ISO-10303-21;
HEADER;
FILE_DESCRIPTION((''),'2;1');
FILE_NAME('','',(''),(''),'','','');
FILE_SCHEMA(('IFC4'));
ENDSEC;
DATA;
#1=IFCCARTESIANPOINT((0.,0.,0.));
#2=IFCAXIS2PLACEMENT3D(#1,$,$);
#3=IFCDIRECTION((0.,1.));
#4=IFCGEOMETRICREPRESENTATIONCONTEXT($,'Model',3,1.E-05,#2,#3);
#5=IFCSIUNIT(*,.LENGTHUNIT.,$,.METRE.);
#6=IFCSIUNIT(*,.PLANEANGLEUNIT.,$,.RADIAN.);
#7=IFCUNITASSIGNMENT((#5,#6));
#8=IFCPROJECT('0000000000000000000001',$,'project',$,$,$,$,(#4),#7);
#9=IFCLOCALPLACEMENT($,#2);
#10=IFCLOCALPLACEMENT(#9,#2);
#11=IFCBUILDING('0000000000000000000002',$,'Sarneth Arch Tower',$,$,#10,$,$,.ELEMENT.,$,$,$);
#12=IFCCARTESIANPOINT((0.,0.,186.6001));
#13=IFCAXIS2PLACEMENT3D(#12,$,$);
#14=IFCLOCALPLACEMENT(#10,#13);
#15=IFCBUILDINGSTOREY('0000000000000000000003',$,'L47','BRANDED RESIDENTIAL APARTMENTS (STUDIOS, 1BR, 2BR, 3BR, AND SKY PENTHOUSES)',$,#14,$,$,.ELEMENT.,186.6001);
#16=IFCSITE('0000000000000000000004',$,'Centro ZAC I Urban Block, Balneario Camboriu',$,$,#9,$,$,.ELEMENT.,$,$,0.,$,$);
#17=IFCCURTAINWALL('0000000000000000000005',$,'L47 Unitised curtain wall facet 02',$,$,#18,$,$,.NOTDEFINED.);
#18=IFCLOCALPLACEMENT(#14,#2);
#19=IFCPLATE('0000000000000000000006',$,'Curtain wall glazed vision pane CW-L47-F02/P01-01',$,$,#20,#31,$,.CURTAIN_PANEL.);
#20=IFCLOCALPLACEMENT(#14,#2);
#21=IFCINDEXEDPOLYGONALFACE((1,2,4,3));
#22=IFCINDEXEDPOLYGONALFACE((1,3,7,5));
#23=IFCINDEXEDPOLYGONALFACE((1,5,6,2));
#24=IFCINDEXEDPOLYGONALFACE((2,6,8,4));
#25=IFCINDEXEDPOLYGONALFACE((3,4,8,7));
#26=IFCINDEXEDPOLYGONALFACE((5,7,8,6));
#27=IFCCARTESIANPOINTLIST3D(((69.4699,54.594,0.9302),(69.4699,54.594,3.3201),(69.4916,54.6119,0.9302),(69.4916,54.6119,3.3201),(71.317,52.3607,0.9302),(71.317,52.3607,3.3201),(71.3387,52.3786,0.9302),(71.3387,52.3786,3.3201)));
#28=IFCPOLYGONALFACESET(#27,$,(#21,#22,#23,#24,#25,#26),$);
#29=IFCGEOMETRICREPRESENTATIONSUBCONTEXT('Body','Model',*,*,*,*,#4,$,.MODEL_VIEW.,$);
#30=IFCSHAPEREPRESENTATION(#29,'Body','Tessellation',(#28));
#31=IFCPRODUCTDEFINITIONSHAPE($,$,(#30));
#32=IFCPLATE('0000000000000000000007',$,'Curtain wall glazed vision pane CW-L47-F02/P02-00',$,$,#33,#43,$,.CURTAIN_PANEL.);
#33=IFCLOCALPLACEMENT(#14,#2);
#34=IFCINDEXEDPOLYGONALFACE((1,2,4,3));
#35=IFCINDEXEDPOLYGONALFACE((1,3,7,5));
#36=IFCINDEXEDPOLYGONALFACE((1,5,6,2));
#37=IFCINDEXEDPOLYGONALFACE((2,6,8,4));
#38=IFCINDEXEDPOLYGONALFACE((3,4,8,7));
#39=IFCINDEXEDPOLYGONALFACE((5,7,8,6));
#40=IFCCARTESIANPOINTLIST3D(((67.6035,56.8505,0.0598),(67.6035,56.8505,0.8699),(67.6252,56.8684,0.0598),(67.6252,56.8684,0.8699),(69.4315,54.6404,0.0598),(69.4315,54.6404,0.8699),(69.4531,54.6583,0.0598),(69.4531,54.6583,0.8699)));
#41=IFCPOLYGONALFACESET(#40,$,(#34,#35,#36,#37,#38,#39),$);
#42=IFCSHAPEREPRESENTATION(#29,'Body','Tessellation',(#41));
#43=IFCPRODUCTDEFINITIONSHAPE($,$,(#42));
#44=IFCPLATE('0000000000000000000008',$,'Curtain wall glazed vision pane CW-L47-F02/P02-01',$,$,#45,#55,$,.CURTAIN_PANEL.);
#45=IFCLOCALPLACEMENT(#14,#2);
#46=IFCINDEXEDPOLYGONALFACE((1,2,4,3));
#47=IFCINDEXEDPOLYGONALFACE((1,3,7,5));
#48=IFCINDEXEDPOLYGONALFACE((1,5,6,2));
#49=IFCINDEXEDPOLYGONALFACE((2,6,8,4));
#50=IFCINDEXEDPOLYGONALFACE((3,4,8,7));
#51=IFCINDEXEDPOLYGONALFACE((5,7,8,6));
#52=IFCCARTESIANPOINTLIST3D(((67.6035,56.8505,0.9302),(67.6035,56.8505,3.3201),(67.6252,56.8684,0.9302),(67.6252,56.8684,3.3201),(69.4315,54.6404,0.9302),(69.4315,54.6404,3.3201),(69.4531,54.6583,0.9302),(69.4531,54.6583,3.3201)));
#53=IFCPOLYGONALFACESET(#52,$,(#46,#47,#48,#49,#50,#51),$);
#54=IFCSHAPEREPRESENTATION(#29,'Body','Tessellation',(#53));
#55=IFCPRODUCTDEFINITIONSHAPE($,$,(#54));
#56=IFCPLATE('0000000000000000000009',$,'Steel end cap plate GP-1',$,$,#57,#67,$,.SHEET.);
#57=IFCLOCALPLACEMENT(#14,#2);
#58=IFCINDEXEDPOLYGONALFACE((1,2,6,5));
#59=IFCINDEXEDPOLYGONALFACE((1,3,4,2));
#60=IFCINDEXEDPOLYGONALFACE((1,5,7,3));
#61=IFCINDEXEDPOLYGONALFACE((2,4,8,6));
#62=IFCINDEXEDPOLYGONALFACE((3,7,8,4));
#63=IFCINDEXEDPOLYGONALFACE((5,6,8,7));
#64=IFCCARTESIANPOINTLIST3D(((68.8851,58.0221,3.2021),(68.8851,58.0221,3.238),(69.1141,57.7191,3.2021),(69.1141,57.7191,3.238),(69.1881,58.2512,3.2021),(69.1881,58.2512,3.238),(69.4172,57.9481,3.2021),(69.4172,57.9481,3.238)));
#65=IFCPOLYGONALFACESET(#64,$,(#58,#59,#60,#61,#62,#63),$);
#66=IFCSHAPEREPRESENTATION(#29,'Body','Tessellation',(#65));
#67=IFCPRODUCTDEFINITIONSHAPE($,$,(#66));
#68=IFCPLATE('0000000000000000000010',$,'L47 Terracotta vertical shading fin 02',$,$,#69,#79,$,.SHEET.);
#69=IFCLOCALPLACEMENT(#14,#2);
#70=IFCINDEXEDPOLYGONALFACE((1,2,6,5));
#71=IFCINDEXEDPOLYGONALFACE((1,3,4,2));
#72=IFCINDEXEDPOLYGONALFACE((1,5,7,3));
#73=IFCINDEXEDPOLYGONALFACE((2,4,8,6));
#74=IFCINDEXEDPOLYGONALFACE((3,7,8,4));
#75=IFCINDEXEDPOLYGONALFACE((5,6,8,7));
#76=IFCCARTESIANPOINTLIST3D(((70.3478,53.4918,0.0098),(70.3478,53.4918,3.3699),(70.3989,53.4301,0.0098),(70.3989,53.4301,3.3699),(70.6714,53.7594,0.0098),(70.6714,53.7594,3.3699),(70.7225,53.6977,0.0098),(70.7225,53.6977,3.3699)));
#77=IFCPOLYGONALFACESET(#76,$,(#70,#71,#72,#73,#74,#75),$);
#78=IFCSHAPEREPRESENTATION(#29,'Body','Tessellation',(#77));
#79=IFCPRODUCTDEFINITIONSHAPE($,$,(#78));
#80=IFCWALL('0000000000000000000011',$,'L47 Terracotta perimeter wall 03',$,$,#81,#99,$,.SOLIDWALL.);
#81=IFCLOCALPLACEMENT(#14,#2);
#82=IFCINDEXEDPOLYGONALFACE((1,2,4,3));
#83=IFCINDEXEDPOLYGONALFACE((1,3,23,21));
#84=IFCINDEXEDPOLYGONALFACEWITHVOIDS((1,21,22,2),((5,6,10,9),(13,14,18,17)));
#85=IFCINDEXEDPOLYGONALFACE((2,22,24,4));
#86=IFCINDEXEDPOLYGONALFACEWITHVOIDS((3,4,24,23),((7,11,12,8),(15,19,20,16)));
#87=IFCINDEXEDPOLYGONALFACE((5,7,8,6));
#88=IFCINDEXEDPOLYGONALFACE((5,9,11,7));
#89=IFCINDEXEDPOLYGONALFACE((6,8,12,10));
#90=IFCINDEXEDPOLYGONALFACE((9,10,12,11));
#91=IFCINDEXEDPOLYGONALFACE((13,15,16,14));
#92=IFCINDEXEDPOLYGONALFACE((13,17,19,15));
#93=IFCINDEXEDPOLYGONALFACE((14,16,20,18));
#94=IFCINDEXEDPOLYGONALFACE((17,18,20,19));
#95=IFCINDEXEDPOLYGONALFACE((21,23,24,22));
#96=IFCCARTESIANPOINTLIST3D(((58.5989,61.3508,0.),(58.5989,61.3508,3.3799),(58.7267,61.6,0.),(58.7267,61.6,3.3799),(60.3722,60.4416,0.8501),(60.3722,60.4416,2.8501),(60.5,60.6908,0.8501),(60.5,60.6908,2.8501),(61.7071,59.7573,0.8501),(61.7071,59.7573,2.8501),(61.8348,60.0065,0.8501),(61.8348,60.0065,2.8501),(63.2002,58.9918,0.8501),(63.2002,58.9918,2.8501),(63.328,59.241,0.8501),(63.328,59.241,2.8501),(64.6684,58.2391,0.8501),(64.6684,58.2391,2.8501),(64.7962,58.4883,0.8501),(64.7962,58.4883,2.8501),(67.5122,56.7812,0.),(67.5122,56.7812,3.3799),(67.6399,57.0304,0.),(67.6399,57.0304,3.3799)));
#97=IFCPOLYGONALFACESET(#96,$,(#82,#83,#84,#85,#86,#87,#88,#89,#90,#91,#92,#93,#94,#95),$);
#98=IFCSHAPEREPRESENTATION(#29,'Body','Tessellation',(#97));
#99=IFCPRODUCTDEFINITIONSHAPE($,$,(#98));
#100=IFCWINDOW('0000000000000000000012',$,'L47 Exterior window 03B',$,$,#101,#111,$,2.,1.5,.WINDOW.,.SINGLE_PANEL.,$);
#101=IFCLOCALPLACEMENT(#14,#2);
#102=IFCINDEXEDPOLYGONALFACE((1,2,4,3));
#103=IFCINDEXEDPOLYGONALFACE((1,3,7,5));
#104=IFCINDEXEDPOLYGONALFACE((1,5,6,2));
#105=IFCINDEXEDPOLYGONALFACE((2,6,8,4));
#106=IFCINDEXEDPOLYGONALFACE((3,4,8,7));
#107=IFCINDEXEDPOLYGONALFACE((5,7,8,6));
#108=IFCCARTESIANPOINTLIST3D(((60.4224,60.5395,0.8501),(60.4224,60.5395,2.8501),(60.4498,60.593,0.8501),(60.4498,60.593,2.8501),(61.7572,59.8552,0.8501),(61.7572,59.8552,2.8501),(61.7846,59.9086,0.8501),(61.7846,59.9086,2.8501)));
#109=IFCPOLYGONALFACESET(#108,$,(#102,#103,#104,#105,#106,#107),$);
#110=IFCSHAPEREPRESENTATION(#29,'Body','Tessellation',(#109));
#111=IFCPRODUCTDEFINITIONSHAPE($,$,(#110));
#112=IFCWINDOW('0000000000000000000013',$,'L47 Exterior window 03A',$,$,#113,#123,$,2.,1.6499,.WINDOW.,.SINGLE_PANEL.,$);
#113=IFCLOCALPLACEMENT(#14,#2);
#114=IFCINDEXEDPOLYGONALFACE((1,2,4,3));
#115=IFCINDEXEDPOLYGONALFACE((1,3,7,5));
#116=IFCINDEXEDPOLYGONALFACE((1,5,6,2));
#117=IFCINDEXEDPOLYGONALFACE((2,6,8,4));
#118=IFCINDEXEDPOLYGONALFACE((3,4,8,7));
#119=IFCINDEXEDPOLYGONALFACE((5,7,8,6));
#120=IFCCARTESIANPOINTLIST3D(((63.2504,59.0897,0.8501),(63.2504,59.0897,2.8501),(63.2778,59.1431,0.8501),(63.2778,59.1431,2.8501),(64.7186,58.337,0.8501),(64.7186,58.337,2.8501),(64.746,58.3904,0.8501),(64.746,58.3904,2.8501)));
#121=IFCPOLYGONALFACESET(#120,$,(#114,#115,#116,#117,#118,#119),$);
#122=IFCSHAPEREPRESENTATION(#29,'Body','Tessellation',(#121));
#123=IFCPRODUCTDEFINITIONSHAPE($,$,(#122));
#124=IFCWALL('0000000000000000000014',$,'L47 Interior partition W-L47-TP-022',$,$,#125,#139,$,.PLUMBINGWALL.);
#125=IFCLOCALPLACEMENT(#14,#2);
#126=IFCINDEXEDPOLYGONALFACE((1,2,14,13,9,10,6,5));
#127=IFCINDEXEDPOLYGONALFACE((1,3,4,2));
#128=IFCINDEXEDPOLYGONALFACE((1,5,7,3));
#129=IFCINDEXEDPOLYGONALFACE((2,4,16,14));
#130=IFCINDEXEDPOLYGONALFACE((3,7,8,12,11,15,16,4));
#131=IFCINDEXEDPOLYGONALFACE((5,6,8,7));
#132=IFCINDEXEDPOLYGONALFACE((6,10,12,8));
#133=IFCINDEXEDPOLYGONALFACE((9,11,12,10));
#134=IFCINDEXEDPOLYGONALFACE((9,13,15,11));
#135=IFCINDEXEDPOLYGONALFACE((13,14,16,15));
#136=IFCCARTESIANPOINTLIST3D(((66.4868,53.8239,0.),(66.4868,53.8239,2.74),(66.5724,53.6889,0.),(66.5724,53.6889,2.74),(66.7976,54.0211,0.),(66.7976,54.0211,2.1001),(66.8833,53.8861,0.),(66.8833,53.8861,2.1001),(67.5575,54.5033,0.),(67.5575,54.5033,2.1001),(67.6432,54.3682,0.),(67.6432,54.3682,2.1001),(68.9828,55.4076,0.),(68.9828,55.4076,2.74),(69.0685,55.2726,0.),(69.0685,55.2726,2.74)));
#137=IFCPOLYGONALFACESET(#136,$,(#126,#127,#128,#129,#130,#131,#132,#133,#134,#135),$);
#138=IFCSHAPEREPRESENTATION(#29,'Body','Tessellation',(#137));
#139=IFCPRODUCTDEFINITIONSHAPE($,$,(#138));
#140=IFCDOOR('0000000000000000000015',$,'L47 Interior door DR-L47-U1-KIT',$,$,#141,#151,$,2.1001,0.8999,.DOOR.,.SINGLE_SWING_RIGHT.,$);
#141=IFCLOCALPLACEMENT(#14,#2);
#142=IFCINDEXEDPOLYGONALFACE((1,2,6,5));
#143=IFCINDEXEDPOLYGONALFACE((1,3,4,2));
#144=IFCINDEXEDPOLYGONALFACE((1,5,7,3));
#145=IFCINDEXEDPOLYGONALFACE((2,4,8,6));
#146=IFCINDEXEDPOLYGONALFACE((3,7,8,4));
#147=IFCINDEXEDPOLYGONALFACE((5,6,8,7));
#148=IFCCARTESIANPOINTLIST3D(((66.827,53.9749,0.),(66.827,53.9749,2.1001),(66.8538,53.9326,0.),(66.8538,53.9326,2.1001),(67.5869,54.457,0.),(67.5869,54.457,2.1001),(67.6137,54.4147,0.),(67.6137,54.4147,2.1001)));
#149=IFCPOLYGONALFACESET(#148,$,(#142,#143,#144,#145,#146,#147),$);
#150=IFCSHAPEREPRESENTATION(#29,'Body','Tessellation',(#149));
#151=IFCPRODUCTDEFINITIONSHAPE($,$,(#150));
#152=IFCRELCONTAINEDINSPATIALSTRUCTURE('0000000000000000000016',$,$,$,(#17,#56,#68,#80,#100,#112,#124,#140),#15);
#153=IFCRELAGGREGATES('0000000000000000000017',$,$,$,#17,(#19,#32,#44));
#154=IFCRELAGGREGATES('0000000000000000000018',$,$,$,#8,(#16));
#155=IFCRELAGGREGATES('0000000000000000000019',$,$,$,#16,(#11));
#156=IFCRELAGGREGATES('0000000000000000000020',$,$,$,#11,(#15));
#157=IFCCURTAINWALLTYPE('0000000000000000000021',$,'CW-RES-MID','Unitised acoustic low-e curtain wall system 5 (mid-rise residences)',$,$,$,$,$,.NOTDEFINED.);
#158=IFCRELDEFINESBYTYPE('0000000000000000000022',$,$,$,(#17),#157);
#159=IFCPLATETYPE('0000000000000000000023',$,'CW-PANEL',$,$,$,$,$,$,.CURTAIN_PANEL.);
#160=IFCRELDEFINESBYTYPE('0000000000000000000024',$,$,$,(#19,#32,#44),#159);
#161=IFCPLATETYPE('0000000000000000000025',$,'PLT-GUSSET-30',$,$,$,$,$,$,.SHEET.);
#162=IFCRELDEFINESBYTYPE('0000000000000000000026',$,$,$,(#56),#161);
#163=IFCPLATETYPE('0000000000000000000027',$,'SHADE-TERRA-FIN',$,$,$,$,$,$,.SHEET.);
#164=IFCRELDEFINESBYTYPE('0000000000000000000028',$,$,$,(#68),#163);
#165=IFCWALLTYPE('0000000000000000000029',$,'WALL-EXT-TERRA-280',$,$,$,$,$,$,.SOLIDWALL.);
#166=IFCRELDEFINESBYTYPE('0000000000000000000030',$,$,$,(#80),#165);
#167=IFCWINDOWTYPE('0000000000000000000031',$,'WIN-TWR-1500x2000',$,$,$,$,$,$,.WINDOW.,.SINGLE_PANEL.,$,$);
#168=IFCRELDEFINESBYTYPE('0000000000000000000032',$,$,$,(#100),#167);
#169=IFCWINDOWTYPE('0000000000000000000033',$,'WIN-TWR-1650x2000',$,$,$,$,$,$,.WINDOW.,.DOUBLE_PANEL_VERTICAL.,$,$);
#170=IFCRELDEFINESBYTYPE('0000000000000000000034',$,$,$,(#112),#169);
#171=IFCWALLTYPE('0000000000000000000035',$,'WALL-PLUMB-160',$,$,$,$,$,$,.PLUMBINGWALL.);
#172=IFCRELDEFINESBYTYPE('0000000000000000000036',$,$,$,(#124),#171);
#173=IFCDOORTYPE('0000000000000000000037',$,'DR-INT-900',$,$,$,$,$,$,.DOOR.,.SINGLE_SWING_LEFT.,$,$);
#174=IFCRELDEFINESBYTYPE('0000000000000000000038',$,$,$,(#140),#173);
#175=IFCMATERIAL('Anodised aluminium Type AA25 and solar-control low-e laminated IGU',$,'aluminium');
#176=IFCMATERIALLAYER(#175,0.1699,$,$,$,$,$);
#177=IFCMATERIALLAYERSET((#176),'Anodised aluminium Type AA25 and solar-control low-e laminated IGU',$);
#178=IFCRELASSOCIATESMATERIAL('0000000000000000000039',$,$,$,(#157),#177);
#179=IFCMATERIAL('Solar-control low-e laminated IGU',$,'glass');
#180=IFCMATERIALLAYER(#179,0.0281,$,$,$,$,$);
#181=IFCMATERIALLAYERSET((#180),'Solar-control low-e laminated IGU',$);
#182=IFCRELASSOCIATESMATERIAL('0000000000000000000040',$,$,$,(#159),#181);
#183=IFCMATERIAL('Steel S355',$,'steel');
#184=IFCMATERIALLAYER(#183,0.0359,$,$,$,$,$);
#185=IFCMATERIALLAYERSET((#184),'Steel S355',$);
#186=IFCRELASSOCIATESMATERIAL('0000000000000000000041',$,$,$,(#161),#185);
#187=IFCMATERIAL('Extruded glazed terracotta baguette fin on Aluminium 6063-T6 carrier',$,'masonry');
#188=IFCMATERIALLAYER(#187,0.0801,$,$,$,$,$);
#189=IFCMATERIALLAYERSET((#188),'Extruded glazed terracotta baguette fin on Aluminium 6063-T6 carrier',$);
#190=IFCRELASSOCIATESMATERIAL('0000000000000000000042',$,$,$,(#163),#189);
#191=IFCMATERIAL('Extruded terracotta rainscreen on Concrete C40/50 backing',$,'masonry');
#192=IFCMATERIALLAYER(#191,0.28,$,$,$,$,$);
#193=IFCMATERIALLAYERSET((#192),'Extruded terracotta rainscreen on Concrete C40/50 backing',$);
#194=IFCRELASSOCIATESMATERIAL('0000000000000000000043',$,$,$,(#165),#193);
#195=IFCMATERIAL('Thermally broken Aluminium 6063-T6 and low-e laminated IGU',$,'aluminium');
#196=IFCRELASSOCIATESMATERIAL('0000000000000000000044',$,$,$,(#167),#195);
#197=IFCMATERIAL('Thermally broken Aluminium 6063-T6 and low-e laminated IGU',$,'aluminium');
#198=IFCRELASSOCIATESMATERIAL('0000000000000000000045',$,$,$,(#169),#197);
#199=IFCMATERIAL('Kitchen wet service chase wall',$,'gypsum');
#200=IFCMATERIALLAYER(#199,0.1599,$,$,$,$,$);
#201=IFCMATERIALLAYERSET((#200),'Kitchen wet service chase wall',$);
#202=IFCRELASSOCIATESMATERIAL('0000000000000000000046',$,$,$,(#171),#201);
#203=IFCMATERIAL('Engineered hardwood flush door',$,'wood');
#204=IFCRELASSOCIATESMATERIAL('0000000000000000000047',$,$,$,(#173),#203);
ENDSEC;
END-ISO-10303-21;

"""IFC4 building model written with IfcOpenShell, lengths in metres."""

from ifc_helpers import new_model, si_unit, direction, frame, frame_2d, origin, origin_2d, place, context, subcontext, project, spatial, rectangle, extrude, material, layer, layer_set, type_object, element, fill, aggregate, save


model = new_model("IFC4")

# Units and contexts
model_context = context("Model", 3, precision=1e-05, world=origin(), true_north=direction((0.0, 1.0)))
body_context = subcontext(model_context, "Body", "Model", "MODEL_VIEW")
ifc_project = project(units=[si_unit("LENGTHUNIT", "METRE"), si_unit("PLANEANGLEUNIT", "RADIAN")], contexts=[model_context])

# Site, building, storey
site_placement = place(None, origin())
site = spatial("IfcSite", under=ifc_project, at=site_placement, Name="Centro ZAC I Urban Block, Balneario Camboriu", CompositionType="ELEMENT", RefElevation=0.0)
building_placement = place(site_placement, origin())
building = spatial("IfcBuilding", under=site, at=building_placement, Name="Sarneth Arch Tower", CompositionType="ELEMENT")
storey_placement = place(building_placement, frame((0.0, 0.0, 186.6001)))
storey = spatial("IfcBuildingStorey", under=building, at=storey_placement, Name="L47", Description="BRANDED RESIDENTIAL APARTMENTS (STUDIOS, 1BR, 2BR, 3BR, AND SKY PENTHOUSES)", CompositionType="ELEMENT", Elevation=186.6001)

# Curtain wall
ifc_material_1 = material(Name="Anodised aluminium Type AA25 and solar-control low-e laminated IGU", Category="aluminium")
ifc_layer_1 = layer(ifc_material_1, 0.1699)
ifc_layer_set_1 = layer_set([ifc_layer_1], Name="Anodised aluminium Type AA25 and solar-control low-e laminated IGU")
curtain_wall_type = type_object("IfcCurtainWallType", Name="CW-RES-MID", Description="Unitised acoustic low-e curtain wall system 5 (mid-rise residences)", PredefinedType="NOTDEFINED", material=ifc_layer_set_1)
curtain_wall_placement = place(storey_placement, origin())
curtain_wall = element("IfcCurtainWall", 1, at=curtain_wall_placement, inside=storey, type_object=curtain_wall_type, Name="L47 Unitised curtain wall facet 02", PredefinedType="NOTDEFINED")

# Plates
ifc_material_2 = material(Name="Solar-control low-e laminated IGU", Category="glass")
ifc_layer_2 = layer(ifc_material_2, 0.0281)
ifc_layer_set_2 = layer_set([ifc_layer_2], Name="Solar-control low-e laminated IGU")
plate_type_1 = type_object("IfcPlateType", Name="CW-PANEL", PredefinedType="CURTAIN_PANEL", material=ifc_layer_set_2)
plate_1_placement = place(storey_placement, frame((70.4043, 53.4863, 0.9302), z_axis=(0.0, 0.0, 1.0), x_axis=(-0.63733, 0.770591, 0.0)))
plate_1 = element("IfcPlate", 2, at=plate_1_placement, type_object=plate_type_1, Name="Curtain wall glazed vision pane CW-L47-F02/P01-01", PredefinedType="CURTAIN_PANEL", context=body_context, shape_type="SweptSolid", body=[
    extrude(rectangle(XDim=2.8982, YDim=0.0281, at=origin_2d()), origin(), (0.0, 0.0, 1.0), 2.3899),
])
plate_2_placement = place(storey_placement, frame((68.5283, 55.7544, 0.0598), z_axis=(0.0, 0.0, 1.0), x_axis=(-0.63733, 0.770591, 0.0)))
plate_2 = element("IfcPlate", 3, at=plate_2_placement, type_object=plate_type_1, Name="Curtain wall glazed vision pane CW-L47-F02/P02-00", PredefinedType="CURTAIN_PANEL", context=body_context, shape_type="SweptSolid", body=[
    extrude(rectangle(XDim=2.8682, YDim=0.0281, at=origin_2d()), origin(), (0.0, 0.0, 1.0), 0.8101),
])
plate_3_placement = place(storey_placement, frame((68.5283, 55.7544, 0.9302), z_axis=(0.0, 0.0, 1.0), x_axis=(-0.63733, 0.770591, 0.0)))
plate_3 = element("IfcPlate", 4, at=plate_3_placement, type_object=plate_type_1, Name="Curtain wall glazed vision pane CW-L47-F02/P02-01", PredefinedType="CURTAIN_PANEL", context=body_context, shape_type="SweptSolid", body=[
    extrude(rectangle(XDim=2.8682, YDim=0.0281, at=origin_2d()), origin(), (0.0, 0.0, 1.0), 2.3899),
])
aggregate(curtain_wall, [plate_1, plate_2, plate_3])

# Plates
ifc_material_3 = material(Name="Steel S355", Category="steel")
ifc_layer_3 = layer(ifc_material_3, 0.0359)
ifc_layer_set_3 = layer_set([ifc_layer_3], Name="Steel S355")
plate_type_2 = type_object("IfcPlateType", Name="PLT-GUSSET-30", PredefinedType="SHEET", material=ifc_layer_set_3)
plate_4_placement = place(storey_placement, frame((69.1511, 57.9851, 3.2021), z_axis=(0.0, 0.0, 1.0), x_axis=(0.797794, 0.60293, 0.0)))
element("IfcPlate", 5, at=plate_4_placement, inside=storey, type_object=plate_type_2, Name="Steel end cap plate GP-1", PredefinedType="SHEET", context=body_context, shape_type="SweptSolid", body=[
    extrude(rectangle(XDim=0.3799, YDim=0.3799, at=origin_2d()), origin(), (0.0, 0.0, 1.0), 0.0359),
])
ifc_material_4 = material(Name="Extruded glazed terracotta baguette fin on Aluminium 6063-T6 carrier", Category="masonry")
ifc_layer_4 = layer(ifc_material_4, 0.0801)
ifc_layer_set_4 = layer_set([ifc_layer_4], Name="Extruded glazed terracotta baguette fin on Aluminium 6063-T6 carrier")
plate_type_3 = type_object("IfcPlateType", Name="SHADE-TERRA-FIN", PredefinedType="SHEET", material=ifc_layer_set_4)
plate_5_placement = place(storey_placement, frame((70.5352, 53.5947, 0.0098), z_axis=(0.0, 0.0, 1.0), x_axis=(0.770624, 0.63729, 0.0)))
element("IfcPlate", 6, at=plate_5_placement, inside=storey, type_object=plate_type_3, Name="L47 Terracotta vertical shading fin 02", PredefinedType="SHEET", context=body_context, shape_type="SweptSolid", body=[
    extrude(rectangle(XDim=0.4199, YDim=0.0801, at=origin_2d()), origin(), (0.0, 0.0, 1.0), 3.3601),
])

# Wall, openings, windows
ifc_material_5 = material(Name="Extruded terracotta rainscreen on Concrete C40/50 backing", Category="masonry")
ifc_layer_5 = layer(ifc_material_5, 0.28)
ifc_layer_set_5 = layer_set([ifc_layer_5], Name="Extruded terracotta rainscreen on Concrete C40/50 backing")
wall_type_1 = type_object("IfcWallType", Name="WALL-EXT-TERRA-280", PredefinedType="SOLIDWALL", material=ifc_layer_set_5)
wall_1_placement = place(storey_placement, frame((67.5762, 56.9058, 0.0), z_axis=(0.0, 0.0, 1.0), x_axis=(-0.889873, 0.456209, 0.0)))
wall_1 = element("IfcWall", 7, at=wall_1_placement, inside=storey, type_object=wall_type_1, Name="L47 Terracotta perimeter wall 03", PredefinedType="SOLIDWALL", context=body_context, shape_type="SweptSolid", body=[
    extrude(rectangle(XDim=10.0164, YDim=0.28, at=frame_2d((5.0083, 0.0))), origin(), (0.0, 0.0, 1.0), 3.3799),
])
opening_1_placement = place(wall_1_placement, frame((3.1958, 0.0, 0.8501)))
opening_1 = element("IfcOpeningElement", 8, at=opening_1_placement, cuts=wall_1, PredefinedType="OPENING", context=body_context, shape_type="SweptSolid", body=[
    extrude(rectangle(XDim=1.6499, YDim=2.0, at=frame_2d((0.825, 1.0))), frame((0.0, 0.1499, 0.0), z_axis=(0.0, -1.0, 0.0), x_axis=(1.0, 0.0, 0.0)), (0.0, 0.0, 1.0), 0.3),
])
opening_2_placement = place(wall_1_placement, frame((6.5237, 0.0, 0.8501)))
opening_2 = element("IfcOpeningElement", 9, at=opening_2_placement, cuts=wall_1, PredefinedType="OPENING", context=body_context, shape_type="SweptSolid", body=[
    extrude(rectangle(XDim=1.5, YDim=2.0, at=frame_2d((0.75, 1.0))), frame((0.0, 0.1499, 0.0), z_axis=(0.0, -1.0, 0.0), x_axis=(1.0, 0.0, 0.0)), (0.0, 0.0, 1.0), 0.3),
])
ifc_material_6 = material(Name="Thermally broken Aluminium 6063-T6 and low-e laminated IGU", Category="aluminium")
window_type_1 = type_object("IfcWindowType", Name="WIN-TWR-1500x2000", PartitioningType="SINGLE_PANEL", PredefinedType="WINDOW", material=ifc_material_6)
window_1_placement = place(opening_2_placement, origin())
window_1 = element("IfcWindow", 10, at=window_1_placement, inside=storey, type_object=window_type_1, Name="L47 Exterior window 03B", OverallHeight=2.0, OverallWidth=1.5, PartitioningType="SINGLE_PANEL", PredefinedType="WINDOW", context=body_context, shape_type="SweptSolid", body=[
    extrude(rectangle(XDim=1.5, YDim=2.0, at=frame_2d((0.75, 1.0))), frame((0.0, 0.03, 0.0), z_axis=(0.0, -1.0, 0.0), x_axis=(1.0, 0.0, 0.0)), (0.0, 0.0, 1.0), 0.0601),
])
fill(opening_2, window_1)
ifc_material_7 = material(Name="Thermally broken Aluminium 6063-T6 and low-e laminated IGU", Category="aluminium")
window_type_2 = type_object("IfcWindowType", Name="WIN-TWR-1650x2000", PartitioningType="DOUBLE_PANEL_VERTICAL", PredefinedType="WINDOW", material=ifc_material_7)
window_2_placement = place(opening_1_placement, origin())
window_2 = element("IfcWindow", 11, at=window_2_placement, inside=storey, type_object=window_type_2, Name="L47 Exterior window 03A", OverallHeight=2.0, OverallWidth=1.6499, PartitioningType="SINGLE_PANEL", PredefinedType="WINDOW", context=body_context, shape_type="SweptSolid", body=[
    extrude(rectangle(XDim=1.6499, YDim=2.0, at=frame_2d((0.825, 1.0))), frame((0.0, 0.03, 0.0), z_axis=(0.0, -1.0, 0.0), x_axis=(1.0, 0.0, 0.0)), (0.0, 0.0, 1.0), 0.0601),
])
fill(opening_1, window_2)

# Wall, opening, door
ifc_material_8 = material(Name="Kitchen wet service chase wall", Category="gypsum")
ifc_layer_6 = layer(ifc_material_8, 0.1599)
ifc_layer_set_6 = layer_set([ifc_layer_6], Name="Kitchen wet service chase wall")
wall_type_2 = type_object("IfcWallType", Name="WALL-PLUMB-160", PredefinedType="PLUMBINGWALL", material=ifc_layer_set_6)
wall_2_placement = place(storey_placement, frame((69.0256, 55.3401, 0.0), z_axis=(0.0, 0.0, 1.0), x_axis=(-0.844378, -0.535747, 0.0)))
wall_2 = element("IfcWall", 12, at=wall_2_placement, inside=storey, type_object=wall_type_2, Name="L47 Interior partition W-L47-TP-022", PredefinedType="PLUMBINGWALL", context=body_context, shape_type="SweptSolid", body=[
    extrude(rectangle(XDim=2.9561, YDim=0.1599, at=frame_2d((1.478, 0.0))), origin(), (0.0, 0.0, 1.0), 2.74),
])
opening_3_placement = place(wall_2_placement, frame((1.688, 0.0, 0.0)))
opening_3 = element("IfcOpeningElement", 13, at=opening_3_placement, cuts=wall_2, PredefinedType="OPENING", context=body_context, shape_type="SweptSolid", body=[
    extrude(rectangle(XDim=0.8999, YDim=2.1001, at=frame_2d((0.45, 1.05))), frame((0.0, 0.0898, 0.0), z_axis=(0.0, -1.0, 0.0), x_axis=(1.0, 0.0, 0.0)), (0.0, 0.0, 1.0), 0.1799),
])
ifc_material_9 = material(Name="Engineered hardwood flush door", Category="wood")
door_type = type_object("IfcDoorType", Name="DR-INT-900", OperationType="SINGLE_SWING_LEFT", PredefinedType="DOOR", material=ifc_material_9)
door_placement = place(opening_3_placement, origin())
door = element("IfcDoor", 14, at=door_placement, inside=storey, type_object=door_type, Name="L47 Interior door DR-L47-U1-KIT", OperationType="SINGLE_SWING_RIGHT", OverallHeight=2.1001, OverallWidth=0.8999, PredefinedType="DOOR", context=body_context, shape_type="SweptSolid", body=[
    extrude(rectangle(XDim=0.8999, YDim=2.1001, at=frame_2d((0.45, 1.05))), frame((0.0, 0.0249, 0.0), z_axis=(0.0, -1.0, 0.0), x_axis=(1.0, 0.0, 0.0)), (0.0, 0.0, 1.0), 0.05),
])
fill(opening_3, door)

save(model, "model.ifc")
